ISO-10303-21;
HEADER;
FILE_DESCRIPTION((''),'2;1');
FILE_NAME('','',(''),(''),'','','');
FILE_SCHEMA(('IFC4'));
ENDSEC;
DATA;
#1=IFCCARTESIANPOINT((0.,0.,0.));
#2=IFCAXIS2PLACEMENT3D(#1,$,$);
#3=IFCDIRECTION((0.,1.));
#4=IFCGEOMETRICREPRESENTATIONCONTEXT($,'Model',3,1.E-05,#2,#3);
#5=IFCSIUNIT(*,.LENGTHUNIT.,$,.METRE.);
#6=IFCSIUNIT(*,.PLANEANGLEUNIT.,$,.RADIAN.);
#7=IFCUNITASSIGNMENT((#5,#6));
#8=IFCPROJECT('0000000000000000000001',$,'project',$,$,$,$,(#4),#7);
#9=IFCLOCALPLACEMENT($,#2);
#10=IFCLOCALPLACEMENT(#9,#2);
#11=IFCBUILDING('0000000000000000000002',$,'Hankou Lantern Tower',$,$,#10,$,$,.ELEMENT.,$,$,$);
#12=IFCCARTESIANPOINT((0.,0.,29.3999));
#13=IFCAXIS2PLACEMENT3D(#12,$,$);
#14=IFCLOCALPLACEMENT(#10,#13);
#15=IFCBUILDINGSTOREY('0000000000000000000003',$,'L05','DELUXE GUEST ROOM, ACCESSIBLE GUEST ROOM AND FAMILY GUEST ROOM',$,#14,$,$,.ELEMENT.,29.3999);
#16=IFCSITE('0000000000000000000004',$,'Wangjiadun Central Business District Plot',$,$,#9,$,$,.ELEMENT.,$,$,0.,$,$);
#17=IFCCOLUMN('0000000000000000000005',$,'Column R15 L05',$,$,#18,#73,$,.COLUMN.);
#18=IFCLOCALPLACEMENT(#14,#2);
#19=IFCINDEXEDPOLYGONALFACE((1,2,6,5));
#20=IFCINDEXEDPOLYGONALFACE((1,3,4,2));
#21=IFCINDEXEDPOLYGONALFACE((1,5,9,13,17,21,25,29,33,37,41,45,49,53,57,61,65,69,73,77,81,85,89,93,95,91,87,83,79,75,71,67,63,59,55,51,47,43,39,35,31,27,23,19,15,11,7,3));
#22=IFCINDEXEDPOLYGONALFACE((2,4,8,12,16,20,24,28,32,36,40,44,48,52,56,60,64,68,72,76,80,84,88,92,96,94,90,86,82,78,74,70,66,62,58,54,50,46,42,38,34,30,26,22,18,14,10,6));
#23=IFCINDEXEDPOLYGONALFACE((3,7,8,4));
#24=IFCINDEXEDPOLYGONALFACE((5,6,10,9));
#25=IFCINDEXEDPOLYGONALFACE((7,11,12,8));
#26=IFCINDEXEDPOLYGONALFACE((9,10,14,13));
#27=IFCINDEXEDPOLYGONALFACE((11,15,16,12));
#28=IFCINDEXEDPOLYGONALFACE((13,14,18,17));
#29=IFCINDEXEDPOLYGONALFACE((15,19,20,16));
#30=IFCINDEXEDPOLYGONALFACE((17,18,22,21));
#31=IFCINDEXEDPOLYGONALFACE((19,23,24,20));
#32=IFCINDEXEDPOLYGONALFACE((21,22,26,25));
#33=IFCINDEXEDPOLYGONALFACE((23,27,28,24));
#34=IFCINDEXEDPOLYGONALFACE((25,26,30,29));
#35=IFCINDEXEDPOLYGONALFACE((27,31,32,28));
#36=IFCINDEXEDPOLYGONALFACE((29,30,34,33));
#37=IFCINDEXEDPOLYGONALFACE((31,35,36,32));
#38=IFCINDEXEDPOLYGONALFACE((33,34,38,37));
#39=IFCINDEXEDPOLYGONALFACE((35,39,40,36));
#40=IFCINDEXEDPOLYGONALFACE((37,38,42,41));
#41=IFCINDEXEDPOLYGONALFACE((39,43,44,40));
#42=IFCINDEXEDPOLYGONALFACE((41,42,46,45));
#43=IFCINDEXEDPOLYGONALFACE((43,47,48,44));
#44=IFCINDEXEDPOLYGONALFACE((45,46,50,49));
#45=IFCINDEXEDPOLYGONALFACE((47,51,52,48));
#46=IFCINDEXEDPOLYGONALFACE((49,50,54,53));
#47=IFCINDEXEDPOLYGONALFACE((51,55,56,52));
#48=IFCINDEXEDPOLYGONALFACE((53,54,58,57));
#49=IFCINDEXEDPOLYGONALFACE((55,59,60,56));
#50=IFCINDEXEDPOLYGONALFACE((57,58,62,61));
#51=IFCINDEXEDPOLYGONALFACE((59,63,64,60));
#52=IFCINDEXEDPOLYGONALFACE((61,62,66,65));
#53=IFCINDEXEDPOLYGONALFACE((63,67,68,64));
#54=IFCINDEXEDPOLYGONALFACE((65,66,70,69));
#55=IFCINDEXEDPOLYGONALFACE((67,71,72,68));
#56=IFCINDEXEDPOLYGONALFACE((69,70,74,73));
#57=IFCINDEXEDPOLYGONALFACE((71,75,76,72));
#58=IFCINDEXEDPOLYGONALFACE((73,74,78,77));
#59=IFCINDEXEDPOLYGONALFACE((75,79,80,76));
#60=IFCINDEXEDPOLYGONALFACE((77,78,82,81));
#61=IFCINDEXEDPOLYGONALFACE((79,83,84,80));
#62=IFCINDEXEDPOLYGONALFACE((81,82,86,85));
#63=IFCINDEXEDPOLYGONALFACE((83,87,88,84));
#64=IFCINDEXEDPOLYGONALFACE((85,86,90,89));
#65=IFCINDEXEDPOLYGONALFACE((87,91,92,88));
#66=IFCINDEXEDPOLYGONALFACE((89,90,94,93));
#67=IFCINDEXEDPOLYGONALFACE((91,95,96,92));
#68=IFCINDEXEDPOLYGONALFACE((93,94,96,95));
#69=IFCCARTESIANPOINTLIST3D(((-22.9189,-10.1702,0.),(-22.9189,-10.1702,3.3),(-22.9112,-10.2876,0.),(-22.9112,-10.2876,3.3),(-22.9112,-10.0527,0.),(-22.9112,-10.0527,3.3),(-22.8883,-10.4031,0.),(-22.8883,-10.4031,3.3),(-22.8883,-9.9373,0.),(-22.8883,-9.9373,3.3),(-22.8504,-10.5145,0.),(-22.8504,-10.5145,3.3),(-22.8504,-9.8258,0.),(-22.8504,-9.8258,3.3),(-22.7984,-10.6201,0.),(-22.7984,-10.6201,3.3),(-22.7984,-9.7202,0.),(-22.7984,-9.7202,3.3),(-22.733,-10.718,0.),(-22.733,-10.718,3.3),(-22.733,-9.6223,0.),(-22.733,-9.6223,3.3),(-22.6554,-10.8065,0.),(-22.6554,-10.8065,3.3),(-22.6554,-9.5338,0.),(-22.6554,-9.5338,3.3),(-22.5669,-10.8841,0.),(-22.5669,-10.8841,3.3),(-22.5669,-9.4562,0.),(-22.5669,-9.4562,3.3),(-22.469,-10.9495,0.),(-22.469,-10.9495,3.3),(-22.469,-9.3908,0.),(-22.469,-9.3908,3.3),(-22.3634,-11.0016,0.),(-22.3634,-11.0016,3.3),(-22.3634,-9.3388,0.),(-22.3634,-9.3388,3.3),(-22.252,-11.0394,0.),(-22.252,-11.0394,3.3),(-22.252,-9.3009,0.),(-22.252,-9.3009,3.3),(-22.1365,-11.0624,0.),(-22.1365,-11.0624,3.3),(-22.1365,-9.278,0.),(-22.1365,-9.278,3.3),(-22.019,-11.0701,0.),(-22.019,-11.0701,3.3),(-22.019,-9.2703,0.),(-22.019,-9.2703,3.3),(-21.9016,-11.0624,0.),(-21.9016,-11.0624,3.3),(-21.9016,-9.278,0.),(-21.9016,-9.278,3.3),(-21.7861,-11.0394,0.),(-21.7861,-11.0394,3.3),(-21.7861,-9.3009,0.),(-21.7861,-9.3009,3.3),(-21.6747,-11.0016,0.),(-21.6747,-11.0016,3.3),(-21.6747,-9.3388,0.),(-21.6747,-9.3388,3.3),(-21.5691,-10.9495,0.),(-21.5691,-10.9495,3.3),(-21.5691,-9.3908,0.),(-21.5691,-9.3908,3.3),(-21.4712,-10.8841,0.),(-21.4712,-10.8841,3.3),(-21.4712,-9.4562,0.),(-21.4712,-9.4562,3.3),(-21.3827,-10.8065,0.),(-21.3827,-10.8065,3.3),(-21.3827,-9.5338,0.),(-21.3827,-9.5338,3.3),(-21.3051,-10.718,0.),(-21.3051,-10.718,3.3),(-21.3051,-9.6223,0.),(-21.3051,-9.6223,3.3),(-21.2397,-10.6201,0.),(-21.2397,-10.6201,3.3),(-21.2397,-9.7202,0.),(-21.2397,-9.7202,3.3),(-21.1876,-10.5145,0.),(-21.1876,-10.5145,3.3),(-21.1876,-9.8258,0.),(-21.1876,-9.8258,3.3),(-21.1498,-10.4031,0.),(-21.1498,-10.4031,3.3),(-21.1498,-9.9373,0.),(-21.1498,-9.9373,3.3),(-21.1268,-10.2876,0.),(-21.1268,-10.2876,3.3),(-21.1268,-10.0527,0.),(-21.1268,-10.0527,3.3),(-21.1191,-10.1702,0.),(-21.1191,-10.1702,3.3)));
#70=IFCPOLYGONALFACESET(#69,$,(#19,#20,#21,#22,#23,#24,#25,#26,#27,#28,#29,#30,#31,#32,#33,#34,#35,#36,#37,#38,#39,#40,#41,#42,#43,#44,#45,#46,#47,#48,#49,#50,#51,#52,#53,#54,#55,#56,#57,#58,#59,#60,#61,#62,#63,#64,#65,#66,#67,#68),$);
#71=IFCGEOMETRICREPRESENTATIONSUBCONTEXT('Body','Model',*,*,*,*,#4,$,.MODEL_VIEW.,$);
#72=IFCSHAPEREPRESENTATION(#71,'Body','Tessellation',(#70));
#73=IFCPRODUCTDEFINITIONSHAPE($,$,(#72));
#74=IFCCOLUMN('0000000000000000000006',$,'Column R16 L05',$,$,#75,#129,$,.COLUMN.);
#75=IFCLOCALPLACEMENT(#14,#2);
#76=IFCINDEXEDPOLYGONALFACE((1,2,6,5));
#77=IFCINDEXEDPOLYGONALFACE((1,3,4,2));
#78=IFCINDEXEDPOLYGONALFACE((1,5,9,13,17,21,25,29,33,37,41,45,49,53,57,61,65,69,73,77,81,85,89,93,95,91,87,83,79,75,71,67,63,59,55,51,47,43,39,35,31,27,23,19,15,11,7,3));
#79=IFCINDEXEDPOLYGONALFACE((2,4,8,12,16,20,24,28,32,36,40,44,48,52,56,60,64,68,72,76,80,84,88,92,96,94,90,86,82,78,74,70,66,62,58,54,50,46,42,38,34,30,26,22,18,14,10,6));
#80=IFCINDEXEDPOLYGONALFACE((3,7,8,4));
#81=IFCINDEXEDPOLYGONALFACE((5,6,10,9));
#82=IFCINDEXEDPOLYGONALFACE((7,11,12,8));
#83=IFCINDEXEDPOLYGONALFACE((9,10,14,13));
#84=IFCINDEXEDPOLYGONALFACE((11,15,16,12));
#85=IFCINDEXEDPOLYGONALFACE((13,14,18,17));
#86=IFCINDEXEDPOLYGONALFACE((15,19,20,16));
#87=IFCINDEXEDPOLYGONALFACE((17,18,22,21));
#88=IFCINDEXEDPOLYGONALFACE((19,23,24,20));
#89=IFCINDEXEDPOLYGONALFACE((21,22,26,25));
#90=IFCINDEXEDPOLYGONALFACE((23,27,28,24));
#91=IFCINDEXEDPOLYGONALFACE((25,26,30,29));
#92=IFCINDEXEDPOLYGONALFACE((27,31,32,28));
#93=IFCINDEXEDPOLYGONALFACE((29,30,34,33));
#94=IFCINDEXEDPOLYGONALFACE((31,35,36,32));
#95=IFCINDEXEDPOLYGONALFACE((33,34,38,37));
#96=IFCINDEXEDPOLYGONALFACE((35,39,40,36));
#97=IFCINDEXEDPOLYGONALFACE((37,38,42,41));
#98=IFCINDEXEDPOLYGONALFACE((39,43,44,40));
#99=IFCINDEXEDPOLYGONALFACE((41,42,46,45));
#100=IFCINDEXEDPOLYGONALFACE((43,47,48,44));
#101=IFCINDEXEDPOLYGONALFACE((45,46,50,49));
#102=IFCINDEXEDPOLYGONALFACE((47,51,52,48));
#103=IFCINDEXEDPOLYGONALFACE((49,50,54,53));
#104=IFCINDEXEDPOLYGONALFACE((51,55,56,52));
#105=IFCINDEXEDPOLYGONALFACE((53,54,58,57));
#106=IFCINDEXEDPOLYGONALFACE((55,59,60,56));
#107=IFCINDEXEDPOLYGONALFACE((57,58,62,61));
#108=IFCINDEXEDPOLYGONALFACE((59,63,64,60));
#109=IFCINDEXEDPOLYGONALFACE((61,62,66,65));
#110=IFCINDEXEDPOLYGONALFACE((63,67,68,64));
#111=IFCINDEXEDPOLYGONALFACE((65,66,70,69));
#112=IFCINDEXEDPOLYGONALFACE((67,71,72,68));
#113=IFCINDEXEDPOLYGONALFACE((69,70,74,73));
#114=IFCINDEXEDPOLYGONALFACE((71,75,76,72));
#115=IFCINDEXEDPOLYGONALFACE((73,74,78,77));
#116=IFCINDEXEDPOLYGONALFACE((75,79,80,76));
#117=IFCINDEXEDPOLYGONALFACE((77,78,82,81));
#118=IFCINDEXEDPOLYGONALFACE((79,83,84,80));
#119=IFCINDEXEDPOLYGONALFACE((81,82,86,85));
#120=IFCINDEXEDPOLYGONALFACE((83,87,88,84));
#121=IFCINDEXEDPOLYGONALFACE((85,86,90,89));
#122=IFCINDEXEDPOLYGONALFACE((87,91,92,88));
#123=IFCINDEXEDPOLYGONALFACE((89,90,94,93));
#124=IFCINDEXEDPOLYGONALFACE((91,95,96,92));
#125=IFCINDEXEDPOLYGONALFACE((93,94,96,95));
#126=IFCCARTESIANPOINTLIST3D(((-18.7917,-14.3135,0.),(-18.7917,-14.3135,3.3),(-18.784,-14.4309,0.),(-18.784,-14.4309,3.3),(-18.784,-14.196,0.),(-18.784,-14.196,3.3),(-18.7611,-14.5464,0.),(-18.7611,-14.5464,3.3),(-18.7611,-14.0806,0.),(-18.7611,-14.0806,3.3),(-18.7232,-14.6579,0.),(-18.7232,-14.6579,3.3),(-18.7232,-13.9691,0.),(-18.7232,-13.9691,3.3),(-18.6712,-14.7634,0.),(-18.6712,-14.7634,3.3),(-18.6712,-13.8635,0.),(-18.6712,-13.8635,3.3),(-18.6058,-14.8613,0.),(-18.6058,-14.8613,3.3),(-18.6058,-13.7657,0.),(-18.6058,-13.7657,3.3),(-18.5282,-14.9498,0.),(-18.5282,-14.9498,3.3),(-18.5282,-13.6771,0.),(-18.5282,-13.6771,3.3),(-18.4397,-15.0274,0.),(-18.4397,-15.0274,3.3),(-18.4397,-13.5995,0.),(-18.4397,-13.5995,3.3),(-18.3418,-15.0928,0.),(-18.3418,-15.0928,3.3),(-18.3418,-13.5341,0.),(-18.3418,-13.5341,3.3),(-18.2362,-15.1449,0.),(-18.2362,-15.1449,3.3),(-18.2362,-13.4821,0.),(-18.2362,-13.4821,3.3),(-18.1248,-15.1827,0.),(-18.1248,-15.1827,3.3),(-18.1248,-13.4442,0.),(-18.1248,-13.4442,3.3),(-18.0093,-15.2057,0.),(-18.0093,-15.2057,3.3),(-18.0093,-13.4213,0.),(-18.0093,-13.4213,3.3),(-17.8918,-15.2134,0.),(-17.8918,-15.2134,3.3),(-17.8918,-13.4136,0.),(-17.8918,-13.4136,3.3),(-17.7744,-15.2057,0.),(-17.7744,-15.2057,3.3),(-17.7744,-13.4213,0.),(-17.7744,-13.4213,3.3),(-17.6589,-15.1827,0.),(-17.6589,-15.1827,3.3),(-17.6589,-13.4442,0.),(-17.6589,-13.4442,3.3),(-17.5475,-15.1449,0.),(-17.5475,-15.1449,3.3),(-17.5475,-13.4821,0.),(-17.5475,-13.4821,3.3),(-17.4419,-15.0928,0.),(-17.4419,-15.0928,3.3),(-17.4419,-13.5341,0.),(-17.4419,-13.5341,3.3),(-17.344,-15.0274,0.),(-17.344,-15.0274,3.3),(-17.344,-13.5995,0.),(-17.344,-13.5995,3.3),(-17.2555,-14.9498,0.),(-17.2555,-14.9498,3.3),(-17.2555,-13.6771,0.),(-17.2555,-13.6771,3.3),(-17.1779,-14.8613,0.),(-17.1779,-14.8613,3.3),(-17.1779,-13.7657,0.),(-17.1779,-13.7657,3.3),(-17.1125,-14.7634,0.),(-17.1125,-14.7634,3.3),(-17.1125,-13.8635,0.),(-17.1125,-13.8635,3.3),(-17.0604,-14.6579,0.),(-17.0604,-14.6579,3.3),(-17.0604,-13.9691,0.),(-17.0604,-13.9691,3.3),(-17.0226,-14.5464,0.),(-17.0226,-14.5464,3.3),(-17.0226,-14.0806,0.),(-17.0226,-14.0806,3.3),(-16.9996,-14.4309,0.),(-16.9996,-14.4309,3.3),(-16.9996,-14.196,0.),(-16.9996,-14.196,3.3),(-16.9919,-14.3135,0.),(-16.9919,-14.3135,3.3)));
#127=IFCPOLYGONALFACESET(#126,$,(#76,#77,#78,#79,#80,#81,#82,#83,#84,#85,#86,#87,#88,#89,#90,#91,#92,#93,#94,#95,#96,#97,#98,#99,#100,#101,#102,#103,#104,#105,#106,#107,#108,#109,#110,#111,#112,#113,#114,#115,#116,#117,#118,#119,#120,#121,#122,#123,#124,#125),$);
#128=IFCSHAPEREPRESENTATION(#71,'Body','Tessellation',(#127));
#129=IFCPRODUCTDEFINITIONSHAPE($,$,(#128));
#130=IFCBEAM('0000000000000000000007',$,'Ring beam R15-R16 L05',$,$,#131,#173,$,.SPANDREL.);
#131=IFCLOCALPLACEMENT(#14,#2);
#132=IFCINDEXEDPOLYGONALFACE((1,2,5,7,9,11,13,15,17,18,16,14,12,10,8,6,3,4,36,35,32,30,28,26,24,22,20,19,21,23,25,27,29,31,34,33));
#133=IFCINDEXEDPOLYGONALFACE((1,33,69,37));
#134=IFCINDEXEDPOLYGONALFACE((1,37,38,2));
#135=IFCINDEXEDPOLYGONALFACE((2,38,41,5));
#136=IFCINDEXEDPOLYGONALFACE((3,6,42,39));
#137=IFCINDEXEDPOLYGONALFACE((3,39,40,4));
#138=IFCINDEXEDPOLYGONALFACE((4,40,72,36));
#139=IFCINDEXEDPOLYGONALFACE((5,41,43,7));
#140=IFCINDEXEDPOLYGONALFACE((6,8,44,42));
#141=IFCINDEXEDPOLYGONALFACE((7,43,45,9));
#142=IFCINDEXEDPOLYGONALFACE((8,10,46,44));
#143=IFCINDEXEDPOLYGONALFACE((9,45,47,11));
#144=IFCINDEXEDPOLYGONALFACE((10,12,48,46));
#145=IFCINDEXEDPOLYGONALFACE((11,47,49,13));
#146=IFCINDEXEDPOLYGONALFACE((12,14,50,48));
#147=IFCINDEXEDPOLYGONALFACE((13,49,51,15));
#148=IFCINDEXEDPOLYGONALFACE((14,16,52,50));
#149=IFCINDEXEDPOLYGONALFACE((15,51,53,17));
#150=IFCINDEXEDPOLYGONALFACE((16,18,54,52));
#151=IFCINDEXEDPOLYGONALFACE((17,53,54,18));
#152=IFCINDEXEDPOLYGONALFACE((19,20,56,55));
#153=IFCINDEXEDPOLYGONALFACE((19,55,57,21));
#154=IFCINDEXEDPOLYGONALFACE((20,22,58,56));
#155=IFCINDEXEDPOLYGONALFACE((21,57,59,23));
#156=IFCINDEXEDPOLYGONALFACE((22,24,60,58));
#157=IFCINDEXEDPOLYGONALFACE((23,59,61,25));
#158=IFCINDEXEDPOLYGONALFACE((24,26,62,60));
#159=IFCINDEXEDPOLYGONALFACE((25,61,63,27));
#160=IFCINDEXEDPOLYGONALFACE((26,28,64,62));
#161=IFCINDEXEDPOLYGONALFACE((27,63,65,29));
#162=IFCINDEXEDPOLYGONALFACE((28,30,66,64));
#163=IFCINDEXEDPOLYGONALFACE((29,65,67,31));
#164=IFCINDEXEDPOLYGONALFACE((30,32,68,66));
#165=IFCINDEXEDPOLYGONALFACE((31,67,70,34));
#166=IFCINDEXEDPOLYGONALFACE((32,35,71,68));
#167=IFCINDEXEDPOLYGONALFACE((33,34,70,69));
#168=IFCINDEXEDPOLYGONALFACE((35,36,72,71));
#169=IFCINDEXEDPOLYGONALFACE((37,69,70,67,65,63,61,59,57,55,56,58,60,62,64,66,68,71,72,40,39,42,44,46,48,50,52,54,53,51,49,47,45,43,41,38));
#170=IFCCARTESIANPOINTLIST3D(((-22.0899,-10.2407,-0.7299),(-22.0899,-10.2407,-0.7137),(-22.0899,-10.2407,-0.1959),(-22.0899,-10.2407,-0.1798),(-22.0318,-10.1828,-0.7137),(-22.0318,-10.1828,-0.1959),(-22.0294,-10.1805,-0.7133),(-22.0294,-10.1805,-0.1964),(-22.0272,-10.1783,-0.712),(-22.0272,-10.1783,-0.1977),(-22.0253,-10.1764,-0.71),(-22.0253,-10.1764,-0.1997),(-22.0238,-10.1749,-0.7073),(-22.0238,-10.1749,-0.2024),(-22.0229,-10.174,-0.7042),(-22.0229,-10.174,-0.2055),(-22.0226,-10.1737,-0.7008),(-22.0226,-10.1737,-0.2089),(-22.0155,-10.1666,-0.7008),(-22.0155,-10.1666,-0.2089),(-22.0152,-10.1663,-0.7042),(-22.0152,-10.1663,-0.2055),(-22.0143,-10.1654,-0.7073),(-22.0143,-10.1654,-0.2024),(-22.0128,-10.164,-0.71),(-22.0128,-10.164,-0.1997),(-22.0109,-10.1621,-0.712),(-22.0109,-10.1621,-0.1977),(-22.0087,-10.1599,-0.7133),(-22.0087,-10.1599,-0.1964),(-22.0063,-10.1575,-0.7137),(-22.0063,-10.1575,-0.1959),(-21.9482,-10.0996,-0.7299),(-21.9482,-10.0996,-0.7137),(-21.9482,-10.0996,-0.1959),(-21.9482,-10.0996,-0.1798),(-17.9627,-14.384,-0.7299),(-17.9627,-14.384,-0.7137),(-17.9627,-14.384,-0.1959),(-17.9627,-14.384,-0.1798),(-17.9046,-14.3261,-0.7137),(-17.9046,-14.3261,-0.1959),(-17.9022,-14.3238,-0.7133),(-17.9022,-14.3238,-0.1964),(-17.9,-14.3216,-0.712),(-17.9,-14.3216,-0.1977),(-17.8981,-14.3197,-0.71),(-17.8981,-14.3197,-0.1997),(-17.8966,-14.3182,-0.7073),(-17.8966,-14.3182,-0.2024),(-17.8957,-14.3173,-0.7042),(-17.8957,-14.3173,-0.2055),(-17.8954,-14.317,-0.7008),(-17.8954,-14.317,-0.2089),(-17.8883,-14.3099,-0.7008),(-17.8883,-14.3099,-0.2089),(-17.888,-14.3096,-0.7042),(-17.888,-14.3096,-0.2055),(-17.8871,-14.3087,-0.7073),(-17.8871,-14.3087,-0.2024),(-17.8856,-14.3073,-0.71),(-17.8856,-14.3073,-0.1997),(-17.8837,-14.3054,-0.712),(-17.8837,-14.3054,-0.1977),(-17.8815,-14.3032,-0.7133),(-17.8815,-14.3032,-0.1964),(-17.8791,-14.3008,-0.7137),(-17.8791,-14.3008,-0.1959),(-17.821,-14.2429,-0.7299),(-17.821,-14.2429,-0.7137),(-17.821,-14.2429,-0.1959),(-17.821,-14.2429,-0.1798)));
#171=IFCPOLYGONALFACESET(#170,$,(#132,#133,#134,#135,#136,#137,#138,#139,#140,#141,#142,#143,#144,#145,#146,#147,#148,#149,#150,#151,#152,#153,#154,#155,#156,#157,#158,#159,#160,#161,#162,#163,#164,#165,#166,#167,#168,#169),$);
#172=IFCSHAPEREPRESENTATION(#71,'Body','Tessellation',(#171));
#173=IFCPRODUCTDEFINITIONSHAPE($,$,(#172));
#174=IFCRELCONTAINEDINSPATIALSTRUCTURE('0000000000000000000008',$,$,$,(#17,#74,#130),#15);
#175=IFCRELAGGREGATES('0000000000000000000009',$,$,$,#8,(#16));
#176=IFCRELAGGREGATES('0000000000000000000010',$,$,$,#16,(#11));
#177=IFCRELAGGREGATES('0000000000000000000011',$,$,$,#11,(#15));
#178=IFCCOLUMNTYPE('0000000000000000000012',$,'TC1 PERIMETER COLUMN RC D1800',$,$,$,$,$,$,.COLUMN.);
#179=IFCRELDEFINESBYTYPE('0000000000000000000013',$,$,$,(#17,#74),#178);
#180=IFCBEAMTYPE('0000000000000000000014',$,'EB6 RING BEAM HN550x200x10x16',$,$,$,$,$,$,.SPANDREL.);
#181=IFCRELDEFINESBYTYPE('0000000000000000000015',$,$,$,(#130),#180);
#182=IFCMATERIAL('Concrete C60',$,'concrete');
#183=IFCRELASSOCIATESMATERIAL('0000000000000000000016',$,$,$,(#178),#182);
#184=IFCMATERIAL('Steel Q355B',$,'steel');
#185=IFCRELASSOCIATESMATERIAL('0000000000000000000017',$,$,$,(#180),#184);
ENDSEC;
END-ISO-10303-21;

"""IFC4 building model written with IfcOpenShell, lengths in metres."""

from ifc_helpers import new_model, si_unit, direction, frame, origin, origin_2d, place, context, subcontext, project, spatial, circle, i_section, extrude, material, material_profile, profile_set, type_object, element, save


model = new_model("IFC4")

# Units and contexts
model_context = context("Model", 3, precision=1e-05, world=origin(), true_north=direction((0.0, 1.0)))
body_context = subcontext(model_context, "Body", "Model", "MODEL_VIEW")
ifc_project = project(units=[si_unit("LENGTHUNIT", "METRE"), si_unit("PLANEANGLEUNIT", "RADIAN")], contexts=[model_context])

# Site, building, storey
site_placement = place(None, origin())
site = spatial("IfcSite", under=ifc_project, at=site_placement, Name="Wangjiadun Central Business District Plot", CompositionType="ELEMENT", RefElevation=0.0)
building_placement = place(site_placement, origin())
building = spatial("IfcBuilding", under=site, at=building_placement, Name="Hankou Lantern Tower", CompositionType="ELEMENT")
storey_placement = place(building_placement, frame((0.0, 0.0, 29.3999)))
storey = spatial("IfcBuildingStorey", under=building, at=storey_placement, Name="L05", Description="DELUXE GUEST ROOM, ACCESSIBLE GUEST ROOM AND FAMILY GUEST ROOM", CompositionType="ELEMENT", Elevation=29.3999)

# Columns
ifc_material_1 = material(Name="Concrete C60", Category="concrete")
ifc_material_profile_1 = material_profile(ifc_material_1, circle(Radius=0.8999, at=origin_2d()), Name="RC D1800")
ifc_profile_set_1 = profile_set([ifc_material_profile_1], Name="Concrete C60")
column_type = type_object("IfcColumnType", Name="TC1 PERIMETER COLUMN RC D1800", PredefinedType="COLUMN", material=ifc_profile_set_1)
for number, where, z_axis, x_axis, name in (
    (1, (-22.019, -10.1702, 0.0), (0.0, 0.0, 1.0), (1.0, 0.0, 0.0), "Column R15 L05"),
    (2, (-17.8918, -14.3135, 0.0), (0.0, 0.0, 1.0), (1.0, 0.0, 0.0), "Column R16 L05"),
):
    element("IfcColumn", number, at=place(storey_placement, frame(where, z_axis=z_axis, x_axis=x_axis)), inside=storey, type_object=column_type, Name=name, PredefinedType="COLUMN", context=body_context, shape_type="SweptSolid", body=[
        extrude(circle(Radius=0.8999, at=origin_2d()), origin(), (0.0, 0.0, 1.0), 3.3),
    ])

# Beam
ifc_material_2 = material(Name="Steel Q355B", Category="steel")
ifc_material_profile_2 = material_profile(ifc_material_2, i_section(OverallWidth=0.2, OverallDepth=0.55, WebThickness=0.01, FlangeThickness=0.0161, FilletRadius=0.0129, at=origin_2d()), Name="HN550x200x10x16")
ifc_profile_set_2 = profile_set([ifc_material_profile_2], Name="Steel Q355B")
beam_type_1 = type_object("IfcBeamType", Name="EB6 RING BEAM HN550x200x10x16", PredefinedType="SPANDREL", material=ifc_profile_set_2)
beam_1_placement = place(storey_placement, frame((-22.019, -10.1702, -0.4548), z_axis=(0.705728, -0.708483, 0.0), x_axis=(0.708483, 0.705728, 0.0)))
element("IfcBeam", 3, at=beam_1_placement, inside=storey, type_object=beam_type_1, Name="Ring beam R15-R16 L05", PredefinedType="SPANDREL", context=body_context, shape_type="SweptSolid", body=[
    extrude(i_section(OverallWidth=0.2, OverallDepth=0.55, WebThickness=0.01, FlangeThickness=0.0161, FilletRadius=0.0129, at=origin_2d()), origin(), (0.0, 0.0, 1.0), 5.8481),
])

save(model, "model.ifc")
